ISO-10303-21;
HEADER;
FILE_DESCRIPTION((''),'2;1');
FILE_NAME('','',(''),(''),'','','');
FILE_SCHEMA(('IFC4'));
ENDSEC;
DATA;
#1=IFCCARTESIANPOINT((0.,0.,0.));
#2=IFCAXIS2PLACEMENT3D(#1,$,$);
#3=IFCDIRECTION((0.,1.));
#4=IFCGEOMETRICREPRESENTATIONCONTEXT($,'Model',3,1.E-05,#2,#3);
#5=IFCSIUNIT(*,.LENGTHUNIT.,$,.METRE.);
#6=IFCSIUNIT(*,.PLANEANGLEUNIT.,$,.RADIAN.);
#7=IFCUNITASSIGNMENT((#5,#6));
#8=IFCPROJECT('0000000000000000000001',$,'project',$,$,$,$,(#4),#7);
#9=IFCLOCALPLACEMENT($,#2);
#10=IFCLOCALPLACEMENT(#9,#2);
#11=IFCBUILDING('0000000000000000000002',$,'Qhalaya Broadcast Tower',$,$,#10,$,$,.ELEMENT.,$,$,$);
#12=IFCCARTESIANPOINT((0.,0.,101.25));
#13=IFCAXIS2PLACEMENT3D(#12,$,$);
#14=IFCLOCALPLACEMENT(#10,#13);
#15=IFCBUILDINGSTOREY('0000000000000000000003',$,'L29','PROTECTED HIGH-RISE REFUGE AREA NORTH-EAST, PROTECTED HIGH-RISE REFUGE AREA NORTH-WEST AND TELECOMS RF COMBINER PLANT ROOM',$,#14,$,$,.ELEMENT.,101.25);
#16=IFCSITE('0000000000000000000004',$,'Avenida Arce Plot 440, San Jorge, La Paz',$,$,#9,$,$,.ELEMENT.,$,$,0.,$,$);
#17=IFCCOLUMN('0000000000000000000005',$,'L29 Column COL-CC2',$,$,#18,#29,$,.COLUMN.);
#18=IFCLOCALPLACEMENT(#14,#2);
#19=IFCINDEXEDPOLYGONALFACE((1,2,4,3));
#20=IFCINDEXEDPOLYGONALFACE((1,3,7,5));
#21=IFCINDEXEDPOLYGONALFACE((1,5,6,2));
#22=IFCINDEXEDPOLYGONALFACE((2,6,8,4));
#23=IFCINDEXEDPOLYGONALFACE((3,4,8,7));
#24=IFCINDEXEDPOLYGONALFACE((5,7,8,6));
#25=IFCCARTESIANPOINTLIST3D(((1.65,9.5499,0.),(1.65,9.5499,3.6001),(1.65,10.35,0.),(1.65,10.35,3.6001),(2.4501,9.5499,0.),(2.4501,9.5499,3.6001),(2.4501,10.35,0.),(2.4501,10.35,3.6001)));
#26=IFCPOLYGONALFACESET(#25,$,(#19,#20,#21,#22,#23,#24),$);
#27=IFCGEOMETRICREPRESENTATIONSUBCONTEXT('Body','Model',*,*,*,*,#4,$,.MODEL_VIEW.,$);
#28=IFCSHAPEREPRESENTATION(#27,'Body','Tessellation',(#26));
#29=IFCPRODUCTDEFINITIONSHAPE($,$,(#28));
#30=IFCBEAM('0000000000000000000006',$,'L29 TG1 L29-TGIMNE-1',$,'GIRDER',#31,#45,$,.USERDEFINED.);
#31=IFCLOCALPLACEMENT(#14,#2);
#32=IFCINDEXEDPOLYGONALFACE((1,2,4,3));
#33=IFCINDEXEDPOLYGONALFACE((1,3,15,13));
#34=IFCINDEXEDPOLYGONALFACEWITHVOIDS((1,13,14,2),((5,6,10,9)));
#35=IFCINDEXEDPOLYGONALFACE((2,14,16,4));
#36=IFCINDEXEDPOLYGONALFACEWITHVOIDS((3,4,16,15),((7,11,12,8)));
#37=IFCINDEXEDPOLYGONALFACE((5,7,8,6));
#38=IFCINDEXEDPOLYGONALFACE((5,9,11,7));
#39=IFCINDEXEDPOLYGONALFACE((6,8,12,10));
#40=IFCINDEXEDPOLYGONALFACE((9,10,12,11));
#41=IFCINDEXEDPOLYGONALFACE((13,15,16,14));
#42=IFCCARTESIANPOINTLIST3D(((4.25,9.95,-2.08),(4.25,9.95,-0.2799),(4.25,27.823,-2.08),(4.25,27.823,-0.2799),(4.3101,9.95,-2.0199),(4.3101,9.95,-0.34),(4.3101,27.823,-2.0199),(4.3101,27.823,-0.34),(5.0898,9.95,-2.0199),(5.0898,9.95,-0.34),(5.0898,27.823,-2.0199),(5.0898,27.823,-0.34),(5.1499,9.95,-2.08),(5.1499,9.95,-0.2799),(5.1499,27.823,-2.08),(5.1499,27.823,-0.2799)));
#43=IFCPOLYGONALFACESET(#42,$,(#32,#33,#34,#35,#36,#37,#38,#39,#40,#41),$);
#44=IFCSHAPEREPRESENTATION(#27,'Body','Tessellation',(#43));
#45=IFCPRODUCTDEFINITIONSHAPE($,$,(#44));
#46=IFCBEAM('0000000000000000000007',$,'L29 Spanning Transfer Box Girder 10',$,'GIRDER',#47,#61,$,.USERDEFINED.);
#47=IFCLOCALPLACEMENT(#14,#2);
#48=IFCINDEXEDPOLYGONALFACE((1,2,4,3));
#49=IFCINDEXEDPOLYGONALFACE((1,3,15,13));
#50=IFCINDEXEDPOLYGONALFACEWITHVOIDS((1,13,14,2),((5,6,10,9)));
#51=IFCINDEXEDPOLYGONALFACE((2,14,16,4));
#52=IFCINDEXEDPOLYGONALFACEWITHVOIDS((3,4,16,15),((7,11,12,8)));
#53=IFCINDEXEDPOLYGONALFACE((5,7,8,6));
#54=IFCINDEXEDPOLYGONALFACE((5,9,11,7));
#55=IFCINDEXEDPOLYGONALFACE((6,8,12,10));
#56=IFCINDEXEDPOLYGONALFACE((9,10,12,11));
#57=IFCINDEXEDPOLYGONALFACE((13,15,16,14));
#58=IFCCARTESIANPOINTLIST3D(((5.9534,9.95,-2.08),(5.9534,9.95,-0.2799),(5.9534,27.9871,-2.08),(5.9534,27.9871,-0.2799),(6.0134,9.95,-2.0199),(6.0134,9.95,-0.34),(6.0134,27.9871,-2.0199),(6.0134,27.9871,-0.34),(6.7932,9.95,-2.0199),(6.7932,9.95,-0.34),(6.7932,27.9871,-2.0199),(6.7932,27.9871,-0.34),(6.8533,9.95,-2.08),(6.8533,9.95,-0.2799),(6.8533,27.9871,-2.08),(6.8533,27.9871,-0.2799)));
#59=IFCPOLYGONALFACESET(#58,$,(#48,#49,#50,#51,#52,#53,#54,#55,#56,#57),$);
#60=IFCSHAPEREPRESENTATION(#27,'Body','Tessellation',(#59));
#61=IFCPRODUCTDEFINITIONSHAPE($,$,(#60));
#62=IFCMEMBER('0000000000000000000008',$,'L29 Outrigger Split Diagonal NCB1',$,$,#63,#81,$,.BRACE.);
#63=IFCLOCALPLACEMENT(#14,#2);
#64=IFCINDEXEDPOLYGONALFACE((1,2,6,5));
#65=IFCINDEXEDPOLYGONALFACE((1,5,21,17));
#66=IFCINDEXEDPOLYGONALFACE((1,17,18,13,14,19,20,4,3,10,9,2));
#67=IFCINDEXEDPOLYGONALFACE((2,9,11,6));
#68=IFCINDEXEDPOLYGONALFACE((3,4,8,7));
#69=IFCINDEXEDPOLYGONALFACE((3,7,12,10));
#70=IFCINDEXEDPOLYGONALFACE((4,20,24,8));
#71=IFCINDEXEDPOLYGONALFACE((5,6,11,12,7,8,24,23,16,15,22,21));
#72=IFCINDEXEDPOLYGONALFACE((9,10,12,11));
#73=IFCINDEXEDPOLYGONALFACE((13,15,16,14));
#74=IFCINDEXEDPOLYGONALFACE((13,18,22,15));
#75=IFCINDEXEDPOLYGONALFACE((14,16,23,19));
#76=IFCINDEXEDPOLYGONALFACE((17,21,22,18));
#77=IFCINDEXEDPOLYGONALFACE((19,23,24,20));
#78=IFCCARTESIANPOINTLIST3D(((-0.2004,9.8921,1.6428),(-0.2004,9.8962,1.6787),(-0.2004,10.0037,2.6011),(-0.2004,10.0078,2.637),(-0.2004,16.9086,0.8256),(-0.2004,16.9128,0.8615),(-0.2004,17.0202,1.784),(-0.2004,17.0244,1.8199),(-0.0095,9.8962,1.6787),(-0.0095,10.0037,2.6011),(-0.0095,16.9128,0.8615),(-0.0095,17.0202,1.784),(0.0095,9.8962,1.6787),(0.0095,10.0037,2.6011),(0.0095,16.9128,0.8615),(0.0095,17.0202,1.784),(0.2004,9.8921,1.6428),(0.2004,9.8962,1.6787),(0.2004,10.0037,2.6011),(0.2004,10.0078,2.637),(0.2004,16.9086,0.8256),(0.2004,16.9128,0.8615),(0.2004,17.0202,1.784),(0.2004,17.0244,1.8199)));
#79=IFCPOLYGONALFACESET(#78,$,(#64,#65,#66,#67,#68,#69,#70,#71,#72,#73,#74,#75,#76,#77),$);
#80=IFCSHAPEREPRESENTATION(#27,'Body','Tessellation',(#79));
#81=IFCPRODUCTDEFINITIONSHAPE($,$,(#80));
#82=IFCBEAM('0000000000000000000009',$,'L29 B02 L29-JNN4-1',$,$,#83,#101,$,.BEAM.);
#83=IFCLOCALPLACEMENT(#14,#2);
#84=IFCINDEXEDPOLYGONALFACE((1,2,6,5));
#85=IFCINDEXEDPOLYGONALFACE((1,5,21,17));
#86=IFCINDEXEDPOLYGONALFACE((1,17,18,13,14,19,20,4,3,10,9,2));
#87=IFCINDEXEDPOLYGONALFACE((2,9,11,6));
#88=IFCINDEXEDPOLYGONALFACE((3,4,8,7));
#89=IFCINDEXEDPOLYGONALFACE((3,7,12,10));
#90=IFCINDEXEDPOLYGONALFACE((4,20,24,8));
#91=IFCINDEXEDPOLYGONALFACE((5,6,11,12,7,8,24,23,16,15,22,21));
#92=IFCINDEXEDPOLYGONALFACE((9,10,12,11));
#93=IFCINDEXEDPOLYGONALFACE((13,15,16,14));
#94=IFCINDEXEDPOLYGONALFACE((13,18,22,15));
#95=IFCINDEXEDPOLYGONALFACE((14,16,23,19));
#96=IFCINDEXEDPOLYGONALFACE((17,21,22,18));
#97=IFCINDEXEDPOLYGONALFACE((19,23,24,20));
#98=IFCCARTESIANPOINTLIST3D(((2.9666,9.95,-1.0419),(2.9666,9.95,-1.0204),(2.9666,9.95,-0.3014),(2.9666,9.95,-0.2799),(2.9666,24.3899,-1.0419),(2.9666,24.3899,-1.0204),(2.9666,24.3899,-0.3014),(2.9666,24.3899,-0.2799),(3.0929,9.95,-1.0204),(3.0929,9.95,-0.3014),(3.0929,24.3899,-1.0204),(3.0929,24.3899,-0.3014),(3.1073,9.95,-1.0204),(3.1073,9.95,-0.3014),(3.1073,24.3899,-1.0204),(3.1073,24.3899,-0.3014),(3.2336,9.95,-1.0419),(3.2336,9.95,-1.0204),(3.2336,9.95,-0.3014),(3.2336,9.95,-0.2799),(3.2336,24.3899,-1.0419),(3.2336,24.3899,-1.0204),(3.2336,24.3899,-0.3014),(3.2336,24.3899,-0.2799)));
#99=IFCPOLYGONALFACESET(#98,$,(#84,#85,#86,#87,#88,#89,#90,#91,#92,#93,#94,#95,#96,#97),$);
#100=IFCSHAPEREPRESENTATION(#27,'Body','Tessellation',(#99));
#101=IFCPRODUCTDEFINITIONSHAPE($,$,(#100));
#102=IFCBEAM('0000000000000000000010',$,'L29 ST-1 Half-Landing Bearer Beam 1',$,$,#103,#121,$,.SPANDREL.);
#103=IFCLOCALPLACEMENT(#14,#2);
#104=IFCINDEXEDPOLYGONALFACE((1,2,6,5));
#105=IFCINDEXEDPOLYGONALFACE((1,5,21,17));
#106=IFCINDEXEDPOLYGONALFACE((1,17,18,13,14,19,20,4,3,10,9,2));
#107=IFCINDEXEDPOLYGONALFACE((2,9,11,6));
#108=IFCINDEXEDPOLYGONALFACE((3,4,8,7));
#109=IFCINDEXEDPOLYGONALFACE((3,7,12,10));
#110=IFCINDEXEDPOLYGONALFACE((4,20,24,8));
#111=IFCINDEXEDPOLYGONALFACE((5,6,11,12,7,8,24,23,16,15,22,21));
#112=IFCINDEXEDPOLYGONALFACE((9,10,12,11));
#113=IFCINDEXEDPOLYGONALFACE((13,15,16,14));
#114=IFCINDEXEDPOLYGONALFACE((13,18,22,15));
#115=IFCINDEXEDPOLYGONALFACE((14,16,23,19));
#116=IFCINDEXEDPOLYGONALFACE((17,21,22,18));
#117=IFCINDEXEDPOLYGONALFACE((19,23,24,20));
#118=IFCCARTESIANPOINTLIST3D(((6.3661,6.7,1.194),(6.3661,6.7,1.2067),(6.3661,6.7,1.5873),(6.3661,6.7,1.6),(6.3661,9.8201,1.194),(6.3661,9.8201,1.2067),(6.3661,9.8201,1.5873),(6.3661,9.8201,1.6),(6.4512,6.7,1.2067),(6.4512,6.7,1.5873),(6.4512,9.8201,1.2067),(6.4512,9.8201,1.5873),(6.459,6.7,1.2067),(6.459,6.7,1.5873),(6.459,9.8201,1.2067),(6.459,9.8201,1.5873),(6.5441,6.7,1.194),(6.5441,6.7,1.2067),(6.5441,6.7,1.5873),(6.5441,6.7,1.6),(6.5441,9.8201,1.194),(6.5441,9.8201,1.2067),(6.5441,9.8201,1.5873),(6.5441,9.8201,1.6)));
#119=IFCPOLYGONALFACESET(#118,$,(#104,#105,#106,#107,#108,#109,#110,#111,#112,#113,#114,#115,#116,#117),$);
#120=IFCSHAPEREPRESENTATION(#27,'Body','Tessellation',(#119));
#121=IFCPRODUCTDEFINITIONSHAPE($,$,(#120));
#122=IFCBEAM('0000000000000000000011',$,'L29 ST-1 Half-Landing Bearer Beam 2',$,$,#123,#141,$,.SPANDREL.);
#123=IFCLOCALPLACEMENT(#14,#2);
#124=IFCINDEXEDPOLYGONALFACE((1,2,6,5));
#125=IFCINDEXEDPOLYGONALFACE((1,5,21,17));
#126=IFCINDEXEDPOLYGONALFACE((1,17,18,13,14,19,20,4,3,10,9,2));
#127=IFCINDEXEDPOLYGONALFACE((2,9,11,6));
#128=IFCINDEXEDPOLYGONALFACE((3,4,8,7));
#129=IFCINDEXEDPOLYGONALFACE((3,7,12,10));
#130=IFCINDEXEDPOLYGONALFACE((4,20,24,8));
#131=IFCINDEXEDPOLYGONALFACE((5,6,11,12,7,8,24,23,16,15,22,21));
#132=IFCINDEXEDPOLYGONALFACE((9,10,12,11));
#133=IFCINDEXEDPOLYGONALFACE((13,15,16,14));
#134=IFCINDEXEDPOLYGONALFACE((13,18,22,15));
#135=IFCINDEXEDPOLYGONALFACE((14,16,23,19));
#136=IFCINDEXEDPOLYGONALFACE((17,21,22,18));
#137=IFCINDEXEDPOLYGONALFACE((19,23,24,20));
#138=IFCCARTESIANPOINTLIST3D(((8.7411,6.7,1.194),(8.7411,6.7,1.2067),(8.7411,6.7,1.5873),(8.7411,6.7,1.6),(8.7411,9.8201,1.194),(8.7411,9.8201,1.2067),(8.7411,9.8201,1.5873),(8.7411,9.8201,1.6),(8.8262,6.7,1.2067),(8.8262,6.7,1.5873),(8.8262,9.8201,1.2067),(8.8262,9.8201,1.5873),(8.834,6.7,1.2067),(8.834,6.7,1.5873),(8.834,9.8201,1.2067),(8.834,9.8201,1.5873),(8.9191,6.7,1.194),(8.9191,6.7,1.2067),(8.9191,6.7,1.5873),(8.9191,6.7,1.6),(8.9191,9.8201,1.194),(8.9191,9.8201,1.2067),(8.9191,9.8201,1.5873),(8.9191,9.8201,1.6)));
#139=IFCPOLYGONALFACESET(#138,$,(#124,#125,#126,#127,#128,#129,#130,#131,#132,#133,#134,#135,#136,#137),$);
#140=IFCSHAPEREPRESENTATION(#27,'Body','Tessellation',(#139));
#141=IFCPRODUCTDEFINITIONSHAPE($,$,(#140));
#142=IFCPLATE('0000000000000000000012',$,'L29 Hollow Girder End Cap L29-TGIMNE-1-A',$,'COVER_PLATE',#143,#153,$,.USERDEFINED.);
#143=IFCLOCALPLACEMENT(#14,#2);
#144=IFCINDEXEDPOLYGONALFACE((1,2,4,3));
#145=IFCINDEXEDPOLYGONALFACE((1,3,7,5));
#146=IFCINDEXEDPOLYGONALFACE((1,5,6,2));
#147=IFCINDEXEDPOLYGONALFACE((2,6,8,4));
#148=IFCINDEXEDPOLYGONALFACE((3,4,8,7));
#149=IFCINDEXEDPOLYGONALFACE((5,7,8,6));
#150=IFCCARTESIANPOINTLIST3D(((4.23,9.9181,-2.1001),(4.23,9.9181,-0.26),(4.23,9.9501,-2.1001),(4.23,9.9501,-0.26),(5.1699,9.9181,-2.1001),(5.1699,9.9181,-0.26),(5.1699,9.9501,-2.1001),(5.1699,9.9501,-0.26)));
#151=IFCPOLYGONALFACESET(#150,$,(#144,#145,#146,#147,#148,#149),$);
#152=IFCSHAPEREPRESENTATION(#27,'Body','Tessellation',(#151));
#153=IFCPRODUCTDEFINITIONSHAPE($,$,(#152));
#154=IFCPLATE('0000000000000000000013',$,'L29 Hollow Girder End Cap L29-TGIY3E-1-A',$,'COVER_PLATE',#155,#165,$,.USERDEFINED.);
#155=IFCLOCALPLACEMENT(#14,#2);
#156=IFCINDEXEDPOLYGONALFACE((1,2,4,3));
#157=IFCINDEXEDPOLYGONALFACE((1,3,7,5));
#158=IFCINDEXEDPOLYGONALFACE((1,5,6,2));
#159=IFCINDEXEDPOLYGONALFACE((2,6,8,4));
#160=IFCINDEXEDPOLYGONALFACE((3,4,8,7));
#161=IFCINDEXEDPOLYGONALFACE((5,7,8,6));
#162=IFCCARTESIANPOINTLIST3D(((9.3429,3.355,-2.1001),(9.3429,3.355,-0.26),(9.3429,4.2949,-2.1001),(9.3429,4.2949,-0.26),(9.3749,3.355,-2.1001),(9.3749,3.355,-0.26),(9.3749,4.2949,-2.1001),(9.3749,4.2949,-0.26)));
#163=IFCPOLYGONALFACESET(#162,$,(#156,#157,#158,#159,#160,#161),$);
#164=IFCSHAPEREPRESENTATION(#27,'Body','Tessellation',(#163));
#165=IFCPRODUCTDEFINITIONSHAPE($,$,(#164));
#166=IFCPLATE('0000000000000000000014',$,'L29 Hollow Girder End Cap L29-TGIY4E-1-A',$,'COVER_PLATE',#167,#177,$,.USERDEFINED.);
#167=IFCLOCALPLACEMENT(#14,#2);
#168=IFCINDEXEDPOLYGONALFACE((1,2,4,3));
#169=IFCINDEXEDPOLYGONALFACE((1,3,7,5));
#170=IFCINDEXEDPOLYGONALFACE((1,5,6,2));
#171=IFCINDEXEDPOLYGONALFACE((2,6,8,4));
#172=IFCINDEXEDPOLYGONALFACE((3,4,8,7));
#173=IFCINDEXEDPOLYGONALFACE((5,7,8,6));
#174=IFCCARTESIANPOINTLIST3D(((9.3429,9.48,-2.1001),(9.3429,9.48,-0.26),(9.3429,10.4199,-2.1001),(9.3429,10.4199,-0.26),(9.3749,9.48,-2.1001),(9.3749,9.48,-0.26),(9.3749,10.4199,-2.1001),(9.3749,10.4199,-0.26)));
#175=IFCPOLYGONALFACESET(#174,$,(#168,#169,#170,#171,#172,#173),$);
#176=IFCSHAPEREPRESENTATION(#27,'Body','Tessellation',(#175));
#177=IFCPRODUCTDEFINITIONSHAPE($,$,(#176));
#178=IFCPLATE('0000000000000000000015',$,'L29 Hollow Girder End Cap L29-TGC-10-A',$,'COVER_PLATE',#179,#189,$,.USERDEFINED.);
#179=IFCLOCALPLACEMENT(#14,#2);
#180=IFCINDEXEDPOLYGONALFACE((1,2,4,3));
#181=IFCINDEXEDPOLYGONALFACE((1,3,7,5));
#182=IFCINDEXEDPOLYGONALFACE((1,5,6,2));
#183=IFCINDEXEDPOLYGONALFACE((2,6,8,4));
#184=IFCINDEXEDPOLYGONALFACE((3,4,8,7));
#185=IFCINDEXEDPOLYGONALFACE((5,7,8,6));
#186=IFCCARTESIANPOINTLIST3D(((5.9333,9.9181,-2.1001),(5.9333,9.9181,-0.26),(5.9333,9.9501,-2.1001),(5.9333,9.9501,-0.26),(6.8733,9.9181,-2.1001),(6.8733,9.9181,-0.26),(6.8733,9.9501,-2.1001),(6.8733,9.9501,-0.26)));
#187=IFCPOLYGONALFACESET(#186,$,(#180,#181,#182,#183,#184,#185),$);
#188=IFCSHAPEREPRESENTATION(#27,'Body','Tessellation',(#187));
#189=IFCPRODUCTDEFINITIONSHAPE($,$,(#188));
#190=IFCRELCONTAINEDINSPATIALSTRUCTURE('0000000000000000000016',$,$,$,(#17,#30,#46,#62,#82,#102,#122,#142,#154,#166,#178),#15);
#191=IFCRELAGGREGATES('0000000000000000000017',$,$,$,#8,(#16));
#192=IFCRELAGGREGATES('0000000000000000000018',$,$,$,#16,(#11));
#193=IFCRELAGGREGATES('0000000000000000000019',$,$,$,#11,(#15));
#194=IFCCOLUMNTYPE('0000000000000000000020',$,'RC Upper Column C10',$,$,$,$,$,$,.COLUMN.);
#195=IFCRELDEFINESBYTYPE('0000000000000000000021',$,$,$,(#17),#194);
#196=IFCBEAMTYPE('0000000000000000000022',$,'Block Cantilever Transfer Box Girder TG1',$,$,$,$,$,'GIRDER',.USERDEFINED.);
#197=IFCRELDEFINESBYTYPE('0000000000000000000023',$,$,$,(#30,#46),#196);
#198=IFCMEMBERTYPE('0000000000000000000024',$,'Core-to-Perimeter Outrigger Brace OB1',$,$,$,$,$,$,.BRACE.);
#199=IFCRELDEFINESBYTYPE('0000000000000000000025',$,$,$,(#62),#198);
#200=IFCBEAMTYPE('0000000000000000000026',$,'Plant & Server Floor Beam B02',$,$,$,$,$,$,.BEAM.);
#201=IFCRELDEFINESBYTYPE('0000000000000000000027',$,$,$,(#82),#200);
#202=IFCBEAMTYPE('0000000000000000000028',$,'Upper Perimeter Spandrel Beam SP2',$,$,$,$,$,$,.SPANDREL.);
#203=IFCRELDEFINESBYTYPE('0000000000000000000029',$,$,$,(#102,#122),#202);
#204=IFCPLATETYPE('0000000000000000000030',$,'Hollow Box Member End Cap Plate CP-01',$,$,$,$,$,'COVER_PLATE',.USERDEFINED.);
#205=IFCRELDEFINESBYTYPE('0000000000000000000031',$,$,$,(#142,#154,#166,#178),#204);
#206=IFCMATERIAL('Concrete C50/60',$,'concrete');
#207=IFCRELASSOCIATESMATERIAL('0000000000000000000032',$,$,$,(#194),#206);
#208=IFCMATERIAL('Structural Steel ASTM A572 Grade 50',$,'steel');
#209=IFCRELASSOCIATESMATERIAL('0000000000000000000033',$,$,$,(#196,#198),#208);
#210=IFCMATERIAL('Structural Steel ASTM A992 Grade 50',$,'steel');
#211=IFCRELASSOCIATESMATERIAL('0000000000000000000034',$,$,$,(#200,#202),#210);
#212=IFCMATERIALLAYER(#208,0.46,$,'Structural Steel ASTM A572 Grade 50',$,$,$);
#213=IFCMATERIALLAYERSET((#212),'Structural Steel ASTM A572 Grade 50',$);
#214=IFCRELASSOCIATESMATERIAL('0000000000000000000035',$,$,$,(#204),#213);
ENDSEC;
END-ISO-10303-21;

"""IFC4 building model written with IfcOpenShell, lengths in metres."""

from ifc_helpers import new_model, si_unit, direction, frame, origin, origin_2d, place, context, subcontext, project, spatial, rectangle, hollow_rectangle, i_section, extrude, material, layer, layer_set, material_profile, profile_set, type_object, element, save


model = new_model("IFC4")

# Units and contexts
model_context = context("Model", 3, precision=1e-05, world=origin(), true_north=direction((0.0, 1.0)))
body_context = subcontext(model_context, "Body", "Model", "MODEL_VIEW")
ifc_project = project(units=[si_unit("LENGTHUNIT", "METRE"), si_unit("PLANEANGLEUNIT", "RADIAN")], contexts=[model_context])

# Site, building, storey
site_placement = place(None, origin())
site = spatial("IfcSite", under=ifc_project, at=site_placement, Name="Avenida Arce Plot 440, San Jorge, La Paz", CompositionType="ELEMENT", RefElevation=0.0)
building_placement = place(site_placement, origin())
building = spatial("IfcBuilding", under=site, at=building_placement, Name="Qhalaya Broadcast Tower", CompositionType="ELEMENT")
storey_placement = place(building_placement, frame((0.0, 0.0, 101.25)))
storey = spatial("IfcBuildingStorey", under=building, at=storey_placement, Name="L29", Description="PROTECTED HIGH-RISE REFUGE AREA NORTH-EAST, PROTECTED HIGH-RISE REFUGE AREA NORTH-WEST AND TELECOMS RF COMBINER PLANT ROOM", CompositionType="ELEMENT", Elevation=101.25)

# Column
ifc_material_1 = material(Name="Concrete C50/60", Category="concrete")
ifc_material_profile_1 = material_profile(ifc_material_1, rectangle(XDim=0.8, YDim=0.8, at=origin_2d()), Name="RC-COL 800x800")
ifc_profile_set_1 = profile_set([ifc_material_profile_1], Name="Concrete C50/60")
column_type = type_object("IfcColumnType", Name="RC Upper Column C10", PredefinedType="COLUMN", material=ifc_profile_set_1)
column_placement = place(storey_placement, frame((2.05, 9.95, 0.0), z_axis=(0.0, 0.0, 1.0), x_axis=(1.0, 0.0, 0.0)))
element("IfcColumn", 1, at=column_placement, inside=storey, type_object=column_type, Name="L29 Column COL-CC2", PredefinedType="COLUMN", context=body_context, shape_type="SweptSolid", body=[
    extrude(rectangle(XDim=0.8, YDim=0.8, at=origin_2d()), origin(), (0.0, 0.0, 1.0), 3.6001),
])

# Beams
ifc_material_2 = material(Name="Structural Steel ASTM A572 Grade 50", Category="steel")
ifc_material_profile_2 = material_profile(ifc_material_2, hollow_rectangle(XDim=0.8999, YDim=1.8, WallThickness=0.0601, at=origin_2d()), Name="BOX 900x1800x60")
ifc_profile_set_2 = profile_set([ifc_material_profile_2], Name="Structural Steel ASTM A572 Grade 50")
beam_type_1 = type_object("IfcBeamType", Name="Block Cantilever Transfer Box Girder TG1", ElementType="GIRDER", PredefinedType="USERDEFINED", material=ifc_profile_set_2)
beam_1_placement = place(storey_placement, frame((4.7, 9.95, -1.1799), z_axis=(0.0, 1.0, 0.0), x_axis=(-1.0, 0.0, 0.0)))
element("IfcBeam", 2, at=beam_1_placement, inside=storey, type_object=beam_type_1, Name="L29 TG1 L29-TGIMNE-1", ObjectType="GIRDER", PredefinedType="USERDEFINED", context=body_context, shape_type="SweptSolid", body=[
    extrude(hollow_rectangle(XDim=0.8999, YDim=1.8, WallThickness=0.0601, at=origin_2d()), origin(), (0.0, 0.0, 1.0), 17.873),
])
beam_2_placement = place(storey_placement, frame((6.4033, 9.95, -1.1799), z_axis=(0.0, 1.0, 0.0), x_axis=(-1.0, 0.0, 0.0)))
element("IfcBeam", 3, at=beam_2_placement, inside=storey, type_object=beam_type_1, Name="L29 Spanning Transfer Box Girder 10", ObjectType="GIRDER", PredefinedType="USERDEFINED", context=body_context, shape_type="SweptSolid", body=[
    extrude(hollow_rectangle(XDim=0.8999, YDim=1.8, WallThickness=0.0601, at=origin_2d()), origin(), (0.0, 0.0, 1.0), 18.0371),
])

# Member
ifc_material_profile_3 = material_profile(ifc_material_2, i_section(OverallWidth=0.4009, OverallDepth=1.001, WebThickness=0.019, FlangeThickness=0.0361, at=origin_2d()), Name="W40X249")
ifc_profile_set_3 = profile_set([ifc_material_profile_3], Name="Structural Steel ASTM A572 Grade 50")
member_type = type_object("IfcMemberType", Name="Core-to-Perimeter Outrigger Brace OB1", PredefinedType="BRACE", material=ifc_profile_set_3)
member_placement = place(storey_placement, frame((0.0, 9.95, 2.1399), z_axis=(0.0, 0.993287, -0.115676), x_axis=(-1.0, 0.0, 0.0)))
element("IfcMember", 4, at=member_placement, inside=storey, type_object=member_type, Name="L29 Outrigger Split Diagonal NCB1", PredefinedType="BRACE", context=body_context, shape_type="SweptSolid", body=[
    extrude(i_section(OverallWidth=0.4009, OverallDepth=1.001, WebThickness=0.019, FlangeThickness=0.0361, at=origin_2d()), origin(), (0.0, 0.0, 1.0), 7.064),
])

# Beams
ifc_material_3 = material(Name="Structural Steel ASTM A992 Grade 50", Category="steel")
ifc_material_profile_4 = material_profile(ifc_material_3, i_section(OverallWidth=0.2671, OverallDepth=0.762, WebThickness=0.0144, FlangeThickness=0.0215, at=origin_2d()), Name="W30X116")
ifc_profile_set_4 = profile_set([ifc_material_profile_4], Name="Structural Steel ASTM A992 Grade 50")
beam_type_2 = type_object("IfcBeamType", Name="Plant & Server Floor Beam B02", PredefinedType="BEAM", material=ifc_profile_set_4)
beam_3_placement = place(storey_placement, frame((3.1001, 9.95, -0.6609), z_axis=(0.0, 1.0, 0.0), x_axis=(-1.0, 0.0, 0.0)))
element("IfcBeam", 5, at=beam_3_placement, inside=storey, type_object=beam_type_2, Name="L29 B02 L29-JNN4-1", PredefinedType="BEAM", context=body_context, shape_type="SweptSolid", body=[
    extrude(i_section(OverallWidth=0.2671, OverallDepth=0.762, WebThickness=0.0144, FlangeThickness=0.0215, at=origin_2d()), origin(), (0.0, 0.0, 1.0), 14.4399),
])
ifc_material_profile_5 = material_profile(ifc_material_3, i_section(OverallWidth=0.178, OverallDepth=0.406, WebThickness=0.0078, FlangeThickness=0.0127, at=origin_2d()), Name="W16X40")
ifc_profile_set_5 = profile_set([ifc_material_profile_5], Name="Structural Steel ASTM A992 Grade 50")
beam_type_3 = type_object("IfcBeamType", Name="Upper Perimeter Spandrel Beam SP2", PredefinedType="SPANDREL", material=ifc_profile_set_5)
for number, where, z_axis, x_axis, name in (
    (6, (6.4551, 6.7, 1.397), (0.0, 1.0, 0.0), (-1.0, 0.0, 0.0), "L29 ST-1 Half-Landing Bearer Beam 1"),
    (7, (8.8301, 6.7, 1.397), (0.0, 1.0, 0.0), (-1.0, 0.0, 0.0), "L29 ST-1 Half-Landing Bearer Beam 2"),
):
    element("IfcBeam", number, at=place(storey_placement, frame(where, z_axis=z_axis, x_axis=x_axis)), inside=storey, type_object=beam_type_3, Name=name, PredefinedType="SPANDREL", context=body_context, shape_type="SweptSolid", body=[
        extrude(i_section(OverallWidth=0.178, OverallDepth=0.406, WebThickness=0.0078, FlangeThickness=0.0127, at=origin_2d()), origin(), (0.0, 0.0, 1.0), 3.1201),
    ])

# Plates
ifc_layer_1 = layer(ifc_material_2, 0.46, Name="Structural Steel ASTM A572 Grade 50")
ifc_layer_set_1 = layer_set([ifc_layer_1], Name="Structural Steel ASTM A572 Grade 50")
plate_type_1 = type_object("IfcPlateType", Name="Hollow Box Member End Cap Plate CP-01", ElementType="COVER_PLATE", PredefinedType="USERDEFINED", material=ifc_layer_set_1)
for number, where, z_axis, x_axis, name in (
    (8, (4.7, 9.9341, -2.1001), (0.0, 0.0, 1.0), (-1.0, 0.0, 0.0), "L29 Hollow Girder End Cap L29-TGIMNE-1-A"),
    (9, (9.3589, 3.825, -2.1001), (0.0, 0.0, 1.0), (0.0, 1.0, 0.0), "L29 Hollow Girder End Cap L29-TGIY3E-1-A"),
    (10, (9.3589, 9.95, -2.1001), (0.0, 0.0, 1.0), (0.0, 1.0, 0.0), "L29 Hollow Girder End Cap L29-TGIY4E-1-A"),
    (11, (6.4033, 9.9341, -2.1001), (0.0, 0.0, 1.0), (-1.0, 0.0, 0.0), "L29 Hollow Girder End Cap L29-TGC-10-A"),
):
    element("IfcPlate", number, at=place(storey_placement, frame(where, z_axis=z_axis, x_axis=x_axis)), inside=storey, type_object=plate_type_1, Name=name, ObjectType="COVER_PLATE", PredefinedType="USERDEFINED", context=body_context, shape_type="SweptSolid", body=[
        extrude(rectangle(XDim=0.9399, YDim=0.032, at=origin_2d()), origin(), (0.0, 0.0, 1.0), 1.8401),
    ])

save(model, "model.ifc")
